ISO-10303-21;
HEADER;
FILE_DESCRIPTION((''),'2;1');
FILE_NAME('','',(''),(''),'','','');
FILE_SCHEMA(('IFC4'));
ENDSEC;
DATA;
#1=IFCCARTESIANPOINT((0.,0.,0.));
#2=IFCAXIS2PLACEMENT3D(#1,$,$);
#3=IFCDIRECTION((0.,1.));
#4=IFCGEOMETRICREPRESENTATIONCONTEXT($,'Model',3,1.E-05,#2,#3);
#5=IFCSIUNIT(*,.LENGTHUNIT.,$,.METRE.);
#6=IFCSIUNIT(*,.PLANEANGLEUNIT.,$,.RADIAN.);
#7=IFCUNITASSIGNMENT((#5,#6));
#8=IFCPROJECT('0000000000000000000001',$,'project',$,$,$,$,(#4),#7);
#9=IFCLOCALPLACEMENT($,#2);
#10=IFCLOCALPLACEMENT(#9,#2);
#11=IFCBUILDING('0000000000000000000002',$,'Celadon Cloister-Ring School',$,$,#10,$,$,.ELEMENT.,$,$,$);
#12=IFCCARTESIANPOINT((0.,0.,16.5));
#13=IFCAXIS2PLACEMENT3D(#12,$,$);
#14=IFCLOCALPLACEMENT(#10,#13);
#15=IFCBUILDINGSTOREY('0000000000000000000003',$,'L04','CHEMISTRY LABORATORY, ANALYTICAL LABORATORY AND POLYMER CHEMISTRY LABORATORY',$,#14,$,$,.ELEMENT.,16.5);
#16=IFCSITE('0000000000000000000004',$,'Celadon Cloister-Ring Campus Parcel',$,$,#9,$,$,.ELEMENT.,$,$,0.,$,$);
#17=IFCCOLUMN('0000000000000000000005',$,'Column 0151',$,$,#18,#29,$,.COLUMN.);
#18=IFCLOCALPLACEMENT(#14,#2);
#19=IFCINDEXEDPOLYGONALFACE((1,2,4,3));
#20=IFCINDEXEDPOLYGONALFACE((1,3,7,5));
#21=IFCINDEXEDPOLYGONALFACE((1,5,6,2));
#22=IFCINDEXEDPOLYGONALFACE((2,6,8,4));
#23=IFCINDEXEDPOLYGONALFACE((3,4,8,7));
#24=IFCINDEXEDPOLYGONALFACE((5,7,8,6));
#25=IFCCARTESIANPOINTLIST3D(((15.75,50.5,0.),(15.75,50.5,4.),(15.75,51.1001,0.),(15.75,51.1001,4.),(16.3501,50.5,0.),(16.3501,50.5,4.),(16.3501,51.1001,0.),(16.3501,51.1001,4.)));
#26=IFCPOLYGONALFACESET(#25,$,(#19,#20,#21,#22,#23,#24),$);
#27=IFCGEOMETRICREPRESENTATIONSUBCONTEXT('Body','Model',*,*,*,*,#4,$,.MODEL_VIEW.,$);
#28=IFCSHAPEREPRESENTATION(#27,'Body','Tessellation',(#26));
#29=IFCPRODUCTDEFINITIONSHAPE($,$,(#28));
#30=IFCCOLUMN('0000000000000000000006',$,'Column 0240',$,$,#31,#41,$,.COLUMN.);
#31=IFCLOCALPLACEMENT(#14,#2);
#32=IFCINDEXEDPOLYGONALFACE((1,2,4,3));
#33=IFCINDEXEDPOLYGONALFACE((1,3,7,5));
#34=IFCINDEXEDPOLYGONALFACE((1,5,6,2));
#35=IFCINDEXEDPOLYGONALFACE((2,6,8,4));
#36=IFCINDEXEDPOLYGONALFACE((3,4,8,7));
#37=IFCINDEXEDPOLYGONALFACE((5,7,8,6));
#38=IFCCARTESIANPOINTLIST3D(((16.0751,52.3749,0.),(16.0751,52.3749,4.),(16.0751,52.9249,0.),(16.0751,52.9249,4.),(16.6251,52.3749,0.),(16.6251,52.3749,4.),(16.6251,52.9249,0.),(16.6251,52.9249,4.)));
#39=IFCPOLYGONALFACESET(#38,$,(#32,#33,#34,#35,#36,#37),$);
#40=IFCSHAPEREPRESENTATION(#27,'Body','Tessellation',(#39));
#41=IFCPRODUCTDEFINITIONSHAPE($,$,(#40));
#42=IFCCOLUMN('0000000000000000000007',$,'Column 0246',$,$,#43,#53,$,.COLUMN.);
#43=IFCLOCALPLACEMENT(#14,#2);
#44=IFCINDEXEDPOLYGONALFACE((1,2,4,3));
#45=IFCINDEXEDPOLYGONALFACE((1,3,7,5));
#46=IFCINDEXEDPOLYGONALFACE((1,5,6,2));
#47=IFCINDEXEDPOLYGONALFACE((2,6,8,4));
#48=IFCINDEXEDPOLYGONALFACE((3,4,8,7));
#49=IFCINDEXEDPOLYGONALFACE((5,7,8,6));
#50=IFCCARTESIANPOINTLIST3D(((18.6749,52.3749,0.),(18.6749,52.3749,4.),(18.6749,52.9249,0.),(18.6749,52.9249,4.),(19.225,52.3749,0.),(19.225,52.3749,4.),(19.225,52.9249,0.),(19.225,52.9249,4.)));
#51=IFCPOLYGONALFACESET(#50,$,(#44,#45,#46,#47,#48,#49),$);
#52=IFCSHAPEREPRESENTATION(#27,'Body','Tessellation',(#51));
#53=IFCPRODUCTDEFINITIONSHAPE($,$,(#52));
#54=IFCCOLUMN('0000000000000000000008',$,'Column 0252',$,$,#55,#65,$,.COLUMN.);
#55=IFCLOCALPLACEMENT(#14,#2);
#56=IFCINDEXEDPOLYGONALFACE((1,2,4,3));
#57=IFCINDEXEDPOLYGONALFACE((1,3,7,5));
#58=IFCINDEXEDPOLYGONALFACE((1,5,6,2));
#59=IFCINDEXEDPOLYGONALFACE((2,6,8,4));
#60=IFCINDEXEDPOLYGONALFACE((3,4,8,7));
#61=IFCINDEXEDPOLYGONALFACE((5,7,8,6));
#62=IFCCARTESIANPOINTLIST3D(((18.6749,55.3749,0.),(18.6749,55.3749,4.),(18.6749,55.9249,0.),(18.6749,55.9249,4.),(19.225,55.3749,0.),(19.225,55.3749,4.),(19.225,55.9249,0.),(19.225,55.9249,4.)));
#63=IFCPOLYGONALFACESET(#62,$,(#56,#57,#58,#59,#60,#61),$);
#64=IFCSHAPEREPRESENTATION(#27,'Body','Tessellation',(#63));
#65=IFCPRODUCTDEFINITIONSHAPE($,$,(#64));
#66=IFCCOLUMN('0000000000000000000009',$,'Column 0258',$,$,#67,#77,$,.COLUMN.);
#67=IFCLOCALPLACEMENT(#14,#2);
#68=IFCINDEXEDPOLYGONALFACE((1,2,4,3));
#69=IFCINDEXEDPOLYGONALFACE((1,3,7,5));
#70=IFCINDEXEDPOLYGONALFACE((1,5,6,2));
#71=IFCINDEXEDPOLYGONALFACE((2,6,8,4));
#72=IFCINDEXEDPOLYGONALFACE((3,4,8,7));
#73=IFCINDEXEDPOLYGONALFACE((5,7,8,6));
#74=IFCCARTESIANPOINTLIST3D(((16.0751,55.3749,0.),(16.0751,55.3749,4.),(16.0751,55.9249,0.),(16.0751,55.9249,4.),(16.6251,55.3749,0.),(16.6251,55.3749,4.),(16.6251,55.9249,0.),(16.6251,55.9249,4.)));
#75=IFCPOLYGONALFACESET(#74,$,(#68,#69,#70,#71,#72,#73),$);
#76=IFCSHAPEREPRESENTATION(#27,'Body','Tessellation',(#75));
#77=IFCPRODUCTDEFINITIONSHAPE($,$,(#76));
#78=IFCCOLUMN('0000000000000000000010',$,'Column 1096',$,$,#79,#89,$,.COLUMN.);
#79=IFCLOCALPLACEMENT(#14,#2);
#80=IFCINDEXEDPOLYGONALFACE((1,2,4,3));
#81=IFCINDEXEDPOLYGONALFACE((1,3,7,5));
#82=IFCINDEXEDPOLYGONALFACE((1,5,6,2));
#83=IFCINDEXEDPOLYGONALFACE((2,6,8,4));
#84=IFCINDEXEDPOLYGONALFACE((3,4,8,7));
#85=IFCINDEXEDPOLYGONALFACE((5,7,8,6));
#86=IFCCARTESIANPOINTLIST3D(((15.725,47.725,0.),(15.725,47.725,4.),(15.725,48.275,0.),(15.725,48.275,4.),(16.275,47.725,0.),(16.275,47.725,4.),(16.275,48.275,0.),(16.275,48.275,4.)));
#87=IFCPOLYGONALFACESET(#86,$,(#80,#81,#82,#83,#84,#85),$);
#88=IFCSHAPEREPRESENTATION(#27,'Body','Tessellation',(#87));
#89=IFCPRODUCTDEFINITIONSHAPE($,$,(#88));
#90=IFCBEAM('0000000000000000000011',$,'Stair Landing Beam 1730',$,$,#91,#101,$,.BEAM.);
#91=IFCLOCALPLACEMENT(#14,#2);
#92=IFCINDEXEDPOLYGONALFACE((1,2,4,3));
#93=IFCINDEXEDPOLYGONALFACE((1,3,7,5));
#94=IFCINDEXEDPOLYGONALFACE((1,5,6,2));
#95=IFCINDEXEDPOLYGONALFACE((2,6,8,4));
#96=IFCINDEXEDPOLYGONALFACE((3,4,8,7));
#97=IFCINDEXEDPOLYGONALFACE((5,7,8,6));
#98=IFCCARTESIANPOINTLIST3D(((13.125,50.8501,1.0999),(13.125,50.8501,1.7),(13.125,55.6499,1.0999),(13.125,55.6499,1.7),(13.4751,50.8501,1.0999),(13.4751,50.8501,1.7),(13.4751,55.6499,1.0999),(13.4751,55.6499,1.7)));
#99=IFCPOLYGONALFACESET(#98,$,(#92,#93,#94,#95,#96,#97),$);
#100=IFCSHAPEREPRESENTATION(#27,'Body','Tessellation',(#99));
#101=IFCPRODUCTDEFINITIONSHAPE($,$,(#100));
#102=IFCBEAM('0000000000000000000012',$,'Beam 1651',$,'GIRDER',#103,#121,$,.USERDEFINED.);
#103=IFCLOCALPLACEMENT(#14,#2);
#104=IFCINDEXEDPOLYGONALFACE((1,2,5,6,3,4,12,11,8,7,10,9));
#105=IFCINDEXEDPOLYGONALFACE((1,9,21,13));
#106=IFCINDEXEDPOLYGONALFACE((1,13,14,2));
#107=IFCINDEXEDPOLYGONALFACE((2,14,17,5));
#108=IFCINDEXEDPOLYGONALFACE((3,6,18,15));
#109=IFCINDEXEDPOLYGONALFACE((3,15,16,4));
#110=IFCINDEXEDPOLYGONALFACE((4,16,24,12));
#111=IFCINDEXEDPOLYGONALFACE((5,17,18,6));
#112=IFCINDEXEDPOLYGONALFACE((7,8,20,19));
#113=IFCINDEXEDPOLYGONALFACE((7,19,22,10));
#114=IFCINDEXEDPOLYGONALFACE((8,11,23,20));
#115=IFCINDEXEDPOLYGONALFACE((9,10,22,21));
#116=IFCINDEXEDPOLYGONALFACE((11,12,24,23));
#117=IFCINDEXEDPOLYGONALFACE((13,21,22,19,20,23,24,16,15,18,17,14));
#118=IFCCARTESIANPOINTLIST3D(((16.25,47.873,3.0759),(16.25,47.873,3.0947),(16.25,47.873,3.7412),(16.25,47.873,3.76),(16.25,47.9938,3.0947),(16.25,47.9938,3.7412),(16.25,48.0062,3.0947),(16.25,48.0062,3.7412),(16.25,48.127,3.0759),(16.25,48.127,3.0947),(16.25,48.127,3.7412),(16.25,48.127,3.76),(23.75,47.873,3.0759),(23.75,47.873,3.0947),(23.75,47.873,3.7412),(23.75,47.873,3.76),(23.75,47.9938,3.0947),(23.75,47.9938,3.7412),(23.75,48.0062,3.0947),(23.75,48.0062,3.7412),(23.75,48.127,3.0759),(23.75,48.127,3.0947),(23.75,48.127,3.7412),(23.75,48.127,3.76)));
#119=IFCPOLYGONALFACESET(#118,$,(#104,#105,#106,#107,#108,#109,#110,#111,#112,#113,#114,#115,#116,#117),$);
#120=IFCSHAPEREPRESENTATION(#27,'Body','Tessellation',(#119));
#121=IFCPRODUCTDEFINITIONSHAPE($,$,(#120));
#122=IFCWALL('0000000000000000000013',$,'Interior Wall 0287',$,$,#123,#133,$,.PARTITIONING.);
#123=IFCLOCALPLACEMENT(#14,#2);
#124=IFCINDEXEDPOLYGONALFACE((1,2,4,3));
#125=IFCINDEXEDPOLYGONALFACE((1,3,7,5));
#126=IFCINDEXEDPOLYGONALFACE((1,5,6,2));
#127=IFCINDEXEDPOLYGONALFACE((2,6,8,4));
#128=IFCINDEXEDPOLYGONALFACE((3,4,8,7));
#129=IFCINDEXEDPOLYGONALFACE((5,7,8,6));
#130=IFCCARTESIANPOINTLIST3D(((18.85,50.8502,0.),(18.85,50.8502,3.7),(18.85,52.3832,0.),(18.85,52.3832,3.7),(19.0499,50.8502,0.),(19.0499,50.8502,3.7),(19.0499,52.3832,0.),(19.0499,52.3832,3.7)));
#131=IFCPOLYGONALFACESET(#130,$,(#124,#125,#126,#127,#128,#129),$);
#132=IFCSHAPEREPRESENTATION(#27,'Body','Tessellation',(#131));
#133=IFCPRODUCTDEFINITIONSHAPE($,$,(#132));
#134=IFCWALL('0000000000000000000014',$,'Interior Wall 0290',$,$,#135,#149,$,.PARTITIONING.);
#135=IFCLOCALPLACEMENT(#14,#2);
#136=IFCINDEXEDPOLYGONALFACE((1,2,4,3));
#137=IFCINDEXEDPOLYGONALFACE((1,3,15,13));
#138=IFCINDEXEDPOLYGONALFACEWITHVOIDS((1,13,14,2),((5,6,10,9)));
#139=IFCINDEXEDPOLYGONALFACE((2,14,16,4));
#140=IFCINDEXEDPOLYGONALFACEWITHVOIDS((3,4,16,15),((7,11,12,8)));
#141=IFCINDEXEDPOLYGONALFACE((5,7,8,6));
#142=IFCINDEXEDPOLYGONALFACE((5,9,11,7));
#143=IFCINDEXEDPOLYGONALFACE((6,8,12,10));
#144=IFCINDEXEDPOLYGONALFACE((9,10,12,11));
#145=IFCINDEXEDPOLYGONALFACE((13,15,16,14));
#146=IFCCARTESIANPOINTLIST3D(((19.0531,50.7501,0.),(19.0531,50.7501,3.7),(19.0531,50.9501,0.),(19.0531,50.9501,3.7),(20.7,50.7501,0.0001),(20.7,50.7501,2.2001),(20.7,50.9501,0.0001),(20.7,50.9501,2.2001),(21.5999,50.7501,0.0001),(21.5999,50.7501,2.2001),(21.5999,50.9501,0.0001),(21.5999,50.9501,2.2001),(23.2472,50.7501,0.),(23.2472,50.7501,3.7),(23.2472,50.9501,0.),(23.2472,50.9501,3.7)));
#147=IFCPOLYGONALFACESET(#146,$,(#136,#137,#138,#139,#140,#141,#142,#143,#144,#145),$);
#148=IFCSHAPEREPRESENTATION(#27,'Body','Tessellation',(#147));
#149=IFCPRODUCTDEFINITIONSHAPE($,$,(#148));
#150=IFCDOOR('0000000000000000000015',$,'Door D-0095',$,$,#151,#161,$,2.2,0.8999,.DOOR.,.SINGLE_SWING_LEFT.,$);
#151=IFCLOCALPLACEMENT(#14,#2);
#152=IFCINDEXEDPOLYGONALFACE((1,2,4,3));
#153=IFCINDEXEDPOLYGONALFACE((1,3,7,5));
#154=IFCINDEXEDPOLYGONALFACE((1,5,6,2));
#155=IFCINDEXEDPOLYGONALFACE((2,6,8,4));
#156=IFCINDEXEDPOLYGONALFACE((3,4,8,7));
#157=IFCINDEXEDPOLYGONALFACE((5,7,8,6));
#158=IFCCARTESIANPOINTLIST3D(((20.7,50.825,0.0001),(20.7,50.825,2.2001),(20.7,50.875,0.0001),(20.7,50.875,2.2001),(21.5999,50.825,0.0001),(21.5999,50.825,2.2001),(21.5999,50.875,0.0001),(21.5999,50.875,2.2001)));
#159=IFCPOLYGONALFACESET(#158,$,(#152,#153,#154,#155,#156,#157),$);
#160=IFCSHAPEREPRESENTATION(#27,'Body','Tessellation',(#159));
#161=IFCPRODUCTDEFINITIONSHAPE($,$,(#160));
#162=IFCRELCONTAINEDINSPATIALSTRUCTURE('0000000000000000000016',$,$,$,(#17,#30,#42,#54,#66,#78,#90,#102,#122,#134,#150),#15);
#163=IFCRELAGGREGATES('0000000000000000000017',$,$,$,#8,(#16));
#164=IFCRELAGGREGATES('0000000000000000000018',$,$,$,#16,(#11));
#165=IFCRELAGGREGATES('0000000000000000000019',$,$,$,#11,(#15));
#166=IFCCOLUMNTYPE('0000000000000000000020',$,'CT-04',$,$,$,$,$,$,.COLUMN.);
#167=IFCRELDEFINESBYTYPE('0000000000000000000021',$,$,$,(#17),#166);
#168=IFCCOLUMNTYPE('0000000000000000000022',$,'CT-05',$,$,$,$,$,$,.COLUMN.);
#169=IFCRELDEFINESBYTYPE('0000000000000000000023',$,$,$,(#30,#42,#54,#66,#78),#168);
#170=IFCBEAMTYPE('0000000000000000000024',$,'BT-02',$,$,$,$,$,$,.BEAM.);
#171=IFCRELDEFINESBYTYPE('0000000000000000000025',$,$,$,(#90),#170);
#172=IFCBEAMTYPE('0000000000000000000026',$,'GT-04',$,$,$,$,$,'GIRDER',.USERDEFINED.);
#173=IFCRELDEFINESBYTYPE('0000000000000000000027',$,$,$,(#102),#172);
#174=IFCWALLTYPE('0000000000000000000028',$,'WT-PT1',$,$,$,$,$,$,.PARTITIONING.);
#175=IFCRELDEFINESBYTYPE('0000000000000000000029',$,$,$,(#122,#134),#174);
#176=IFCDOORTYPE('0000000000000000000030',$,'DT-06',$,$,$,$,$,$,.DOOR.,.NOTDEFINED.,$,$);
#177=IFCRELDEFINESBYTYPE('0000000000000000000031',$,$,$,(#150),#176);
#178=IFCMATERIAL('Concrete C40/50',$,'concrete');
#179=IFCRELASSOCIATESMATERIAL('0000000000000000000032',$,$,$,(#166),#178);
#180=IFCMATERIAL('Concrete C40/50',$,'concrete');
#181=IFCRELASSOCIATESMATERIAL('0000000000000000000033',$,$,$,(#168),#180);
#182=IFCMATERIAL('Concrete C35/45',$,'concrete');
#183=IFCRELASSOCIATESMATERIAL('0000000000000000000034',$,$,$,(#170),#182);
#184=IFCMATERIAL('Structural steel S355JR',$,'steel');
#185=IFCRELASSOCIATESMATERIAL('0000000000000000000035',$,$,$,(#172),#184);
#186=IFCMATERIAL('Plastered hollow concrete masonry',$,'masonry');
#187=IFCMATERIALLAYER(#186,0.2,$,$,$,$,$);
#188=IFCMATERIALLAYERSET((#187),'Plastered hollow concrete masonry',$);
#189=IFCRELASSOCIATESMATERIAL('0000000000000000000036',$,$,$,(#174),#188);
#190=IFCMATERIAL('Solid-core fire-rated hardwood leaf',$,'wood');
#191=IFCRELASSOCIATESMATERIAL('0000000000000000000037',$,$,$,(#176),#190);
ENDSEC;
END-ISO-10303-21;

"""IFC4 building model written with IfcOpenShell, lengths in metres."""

from ifc_helpers import new_model, si_unit, direction, frame, frame_2d, origin, origin_2d, place, context, subcontext, project, spatial, rectangle, i_section, extrude, material, layer, layer_set, material_profile, profile_set, type_object, element, fill, save


model = new_model("IFC4")

# Units and contexts
model_context = context("Model", 3, precision=1e-05, world=origin(), true_north=direction((0.0, 1.0)))
body_context = subcontext(model_context, "Body", "Model", "MODEL_VIEW")
ifc_project = project(units=[si_unit("LENGTHUNIT", "METRE"), si_unit("PLANEANGLEUNIT", "RADIAN")], contexts=[model_context])

# Site, building, storey
site_placement = place(None, origin())
site = spatial("IfcSite", under=ifc_project, at=site_placement, Name="Celadon Cloister-Ring Campus Parcel", CompositionType="ELEMENT", RefElevation=0.0)
building_placement = place(site_placement, origin())
building = spatial("IfcBuilding", under=site, at=building_placement, Name="Celadon Cloister-Ring School", CompositionType="ELEMENT")
storey_placement = place(building_placement, frame((0.0, 0.0, 16.5)))
storey = spatial("IfcBuildingStorey", under=building, at=storey_placement, Name="L04", Description="CHEMISTRY LABORATORY, ANALYTICAL LABORATORY AND POLYMER CHEMISTRY LABORATORY", CompositionType="ELEMENT", Elevation=16.5)

# Columns
ifc_material_1 = material(Name="Concrete C40/50", Category="concrete")
ifc_material_profile_1 = material_profile(ifc_material_1, rectangle(XDim=0.6001, YDim=0.6001, at=origin_2d()), Name="RC600X600")
ifc_profile_set_1 = profile_set([ifc_material_profile_1], Name="Concrete C40/50")
column_type_1 = type_object("IfcColumnType", Name="CT-04", PredefinedType="COLUMN", material=ifc_profile_set_1)
column_placement = place(storey_placement, frame((16.05, 50.8, 0.0), z_axis=(0.0, 0.0, 1.0), x_axis=(1.0, 0.0, 0.0)))
element("IfcColumn", 1, at=column_placement, inside=storey, type_object=column_type_1, Name="Column 0151", PredefinedType="COLUMN", context=body_context, shape_type="SweptSolid", body=[
    extrude(rectangle(XDim=0.6001, YDim=0.6001, at=origin_2d()), origin(), (0.0, 0.0, 1.0), 4.0),
])
ifc_material_2 = material(Name="Concrete C40/50", Category="concrete")
ifc_material_profile_2 = material_profile(ifc_material_2, rectangle(XDim=0.55, YDim=0.55, at=origin_2d()), Name="RC550X550")
ifc_profile_set_2 = profile_set([ifc_material_profile_2], Name="Concrete C40/50")
column_type_2 = type_object("IfcColumnType", Name="CT-05", PredefinedType="COLUMN", material=ifc_profile_set_2)
for number, where, z_axis, x_axis, name in (
    (2, (16.3501, 52.6499, 0.0), (0.0, 0.0, 1.0), (1.0, 0.0, 0.0), "Column 0240"),
    (3, (18.95, 52.6499, 0.0), (0.0, 0.0, 1.0), (1.0, 0.0, 0.0), "Column 0246"),
    (4, (18.95, 55.6499, 0.0), (0.0, 0.0, 1.0), (1.0, 0.0, 0.0), "Column 0252"),
    (5, (16.3501, 55.6499, 0.0), (0.0, 0.0, 1.0), (1.0, 0.0, 0.0), "Column 0258"),
    (6, (16.0, 48.0, 0.0), (0.0, 0.0, 1.0), (1.0, 0.0, 0.0), "Column 1096"),
):
    element("IfcColumn", number, at=place(storey_placement, frame(where, z_axis=z_axis, x_axis=x_axis)), inside=storey, type_object=column_type_2, Name=name, PredefinedType="COLUMN", context=body_context, shape_type="SweptSolid", body=[
        extrude(rectangle(XDim=0.55, YDim=0.55, at=origin_2d()), origin(), (0.0, 0.0, 1.0), 4.0),
    ])

# Beams
ifc_material_3 = material(Name="Concrete C35/45", Category="concrete")
ifc_material_profile_3 = material_profile(ifc_material_3, rectangle(XDim=0.3501, YDim=0.6001, at=origin_2d()), Name="RC350X600")
ifc_profile_set_3 = profile_set([ifc_material_profile_3], Name="Concrete C35/45")
beam_type_1 = type_object("IfcBeamType", Name="BT-02", PredefinedType="BEAM", material=ifc_profile_set_3)
beam_1_placement = place(storey_placement, frame((13.3, 50.8501, 1.3999), z_axis=(0.0, 1.0, 0.0), x_axis=(-1.0, 0.0, 0.0)))
element("IfcBeam", 7, at=beam_1_placement, inside=storey, type_object=beam_type_1, Name="Stair Landing Beam 1730", PredefinedType="BEAM", context=body_context, shape_type="SweptSolid", body=[
    extrude(rectangle(XDim=0.3501, YDim=0.6001, at=origin_2d()), origin(), (0.0, 0.0, 1.0), 4.7998),
])
ifc_material_4 = material(Name="Structural steel S355JR", Category="steel")
ifc_material_profile_4 = material_profile(ifc_material_4, i_section(OverallWidth=0.2539, OverallDepth=0.6841, WebThickness=0.0125, FlangeThickness=0.0188, at=origin_2d()), Name="W690X140")
ifc_profile_set_4 = profile_set([ifc_material_profile_4], Name="Structural steel S355JR")
beam_type_2 = type_object("IfcBeamType", Name="GT-04", ElementType="GIRDER", PredefinedType="USERDEFINED", material=ifc_profile_set_4)
beam_2_placement = place(storey_placement, frame((16.25, 48.0, 3.418), z_axis=(1.0, 0.0, 0.0), x_axis=(0.0, 1.0, 0.0)))
element("IfcBeam", 8, at=beam_2_placement, inside=storey, type_object=beam_type_2, Name="Beam 1651", ObjectType="GIRDER", PredefinedType="USERDEFINED", context=body_context, shape_type="SweptSolid", body=[
    extrude(i_section(OverallWidth=0.2539, OverallDepth=0.6841, WebThickness=0.0125, FlangeThickness=0.0188, at=origin_2d()), origin(), (0.0, 0.0, 1.0), 7.5),
])

# Wall
ifc_material_5 = material(Name="Plastered hollow concrete masonry", Category="masonry")
ifc_layer_1 = layer(ifc_material_5, 0.2)
ifc_layer_set_1 = layer_set([ifc_layer_1], Name="Plastered hollow concrete masonry")
wall_type_1 = type_object("IfcWallType", Name="WT-PT1", PredefinedType="PARTITIONING", material=ifc_layer_set_1)
wall_1_placement = place(storey_placement, frame((18.95, 50.8501, 0.0), z_axis=(0.0, 0.0, 1.0), x_axis=(0.0, 1.0, 0.0)))
element("IfcWall", 9, at=wall_1_placement, inside=storey, type_object=wall_type_1, Name="Interior Wall 0287", PredefinedType="PARTITIONING", context=body_context, shape_type="SweptSolid", body=[
    extrude(rectangle(XDim=1.533, YDim=0.2, at=frame_2d((0.7666, 0.0))), origin(), (0.0, 0.0, 1.0), 3.7),
])

# Wall, opening, door
wall_2_placement = place(storey_placement, frame((19.053, 50.8501, 0.0), z_axis=(0.0, 0.0, 1.0), x_axis=(1.0, 0.0, 0.0)))
wall_2 = element("IfcWall", 10, at=wall_2_placement, inside=storey, type_object=wall_type_1, Name="Interior Wall 0290", PredefinedType="PARTITIONING", context=body_context, shape_type="SweptSolid", body=[
    extrude(rectangle(XDim=4.1941, YDim=0.2, at=frame_2d((2.0972, 0.0))), origin(), (0.0, 0.0, 1.0), 3.7),
])
opening_1_placement = place(wall_2_placement, frame((1.647, 0.0, 0.0)))
opening_1 = element("IfcOpeningElement", 11, at=opening_1_placement, cuts=wall_2, PredefinedType="OPENING", context=body_context, shape_type="SweptSolid", body=[
    extrude(rectangle(XDim=0.8999, YDim=2.2, at=frame_2d((0.45, 1.1001))), frame((0.0, 0.1099, 0.0), z_axis=(0.0, -1.0, 0.0), x_axis=(1.0, 0.0, 0.0)), (0.0, 0.0, 1.0), 0.22),
])
ifc_material_6 = material(Name="Solid-core fire-rated hardwood leaf", Category="wood")
door_type_1 = type_object("IfcDoorType", Name="DT-06", OperationType="NOTDEFINED", PredefinedType="DOOR", material=ifc_material_6)
door_1_placement = place(opening_1_placement, origin())
door_1 = element("IfcDoor", 12, at=door_1_placement, inside=storey, type_object=door_type_1, Name="Door D-0095", OperationType="SINGLE_SWING_LEFT", OverallHeight=2.2, OverallWidth=0.8999, PredefinedType="DOOR", context=body_context, shape_type="SweptSolid", body=[
    extrude(rectangle(XDim=0.8999, YDim=2.2, at=frame_2d((0.45, 1.1001))), frame((0.0, 0.0249, 0.0), z_axis=(0.0, -1.0, 0.0), x_axis=(1.0, 0.0, 0.0)), (0.0, 0.0, 1.0), 0.05),
])
fill(opening_1, door_1)

save(model, "model.ifc")
